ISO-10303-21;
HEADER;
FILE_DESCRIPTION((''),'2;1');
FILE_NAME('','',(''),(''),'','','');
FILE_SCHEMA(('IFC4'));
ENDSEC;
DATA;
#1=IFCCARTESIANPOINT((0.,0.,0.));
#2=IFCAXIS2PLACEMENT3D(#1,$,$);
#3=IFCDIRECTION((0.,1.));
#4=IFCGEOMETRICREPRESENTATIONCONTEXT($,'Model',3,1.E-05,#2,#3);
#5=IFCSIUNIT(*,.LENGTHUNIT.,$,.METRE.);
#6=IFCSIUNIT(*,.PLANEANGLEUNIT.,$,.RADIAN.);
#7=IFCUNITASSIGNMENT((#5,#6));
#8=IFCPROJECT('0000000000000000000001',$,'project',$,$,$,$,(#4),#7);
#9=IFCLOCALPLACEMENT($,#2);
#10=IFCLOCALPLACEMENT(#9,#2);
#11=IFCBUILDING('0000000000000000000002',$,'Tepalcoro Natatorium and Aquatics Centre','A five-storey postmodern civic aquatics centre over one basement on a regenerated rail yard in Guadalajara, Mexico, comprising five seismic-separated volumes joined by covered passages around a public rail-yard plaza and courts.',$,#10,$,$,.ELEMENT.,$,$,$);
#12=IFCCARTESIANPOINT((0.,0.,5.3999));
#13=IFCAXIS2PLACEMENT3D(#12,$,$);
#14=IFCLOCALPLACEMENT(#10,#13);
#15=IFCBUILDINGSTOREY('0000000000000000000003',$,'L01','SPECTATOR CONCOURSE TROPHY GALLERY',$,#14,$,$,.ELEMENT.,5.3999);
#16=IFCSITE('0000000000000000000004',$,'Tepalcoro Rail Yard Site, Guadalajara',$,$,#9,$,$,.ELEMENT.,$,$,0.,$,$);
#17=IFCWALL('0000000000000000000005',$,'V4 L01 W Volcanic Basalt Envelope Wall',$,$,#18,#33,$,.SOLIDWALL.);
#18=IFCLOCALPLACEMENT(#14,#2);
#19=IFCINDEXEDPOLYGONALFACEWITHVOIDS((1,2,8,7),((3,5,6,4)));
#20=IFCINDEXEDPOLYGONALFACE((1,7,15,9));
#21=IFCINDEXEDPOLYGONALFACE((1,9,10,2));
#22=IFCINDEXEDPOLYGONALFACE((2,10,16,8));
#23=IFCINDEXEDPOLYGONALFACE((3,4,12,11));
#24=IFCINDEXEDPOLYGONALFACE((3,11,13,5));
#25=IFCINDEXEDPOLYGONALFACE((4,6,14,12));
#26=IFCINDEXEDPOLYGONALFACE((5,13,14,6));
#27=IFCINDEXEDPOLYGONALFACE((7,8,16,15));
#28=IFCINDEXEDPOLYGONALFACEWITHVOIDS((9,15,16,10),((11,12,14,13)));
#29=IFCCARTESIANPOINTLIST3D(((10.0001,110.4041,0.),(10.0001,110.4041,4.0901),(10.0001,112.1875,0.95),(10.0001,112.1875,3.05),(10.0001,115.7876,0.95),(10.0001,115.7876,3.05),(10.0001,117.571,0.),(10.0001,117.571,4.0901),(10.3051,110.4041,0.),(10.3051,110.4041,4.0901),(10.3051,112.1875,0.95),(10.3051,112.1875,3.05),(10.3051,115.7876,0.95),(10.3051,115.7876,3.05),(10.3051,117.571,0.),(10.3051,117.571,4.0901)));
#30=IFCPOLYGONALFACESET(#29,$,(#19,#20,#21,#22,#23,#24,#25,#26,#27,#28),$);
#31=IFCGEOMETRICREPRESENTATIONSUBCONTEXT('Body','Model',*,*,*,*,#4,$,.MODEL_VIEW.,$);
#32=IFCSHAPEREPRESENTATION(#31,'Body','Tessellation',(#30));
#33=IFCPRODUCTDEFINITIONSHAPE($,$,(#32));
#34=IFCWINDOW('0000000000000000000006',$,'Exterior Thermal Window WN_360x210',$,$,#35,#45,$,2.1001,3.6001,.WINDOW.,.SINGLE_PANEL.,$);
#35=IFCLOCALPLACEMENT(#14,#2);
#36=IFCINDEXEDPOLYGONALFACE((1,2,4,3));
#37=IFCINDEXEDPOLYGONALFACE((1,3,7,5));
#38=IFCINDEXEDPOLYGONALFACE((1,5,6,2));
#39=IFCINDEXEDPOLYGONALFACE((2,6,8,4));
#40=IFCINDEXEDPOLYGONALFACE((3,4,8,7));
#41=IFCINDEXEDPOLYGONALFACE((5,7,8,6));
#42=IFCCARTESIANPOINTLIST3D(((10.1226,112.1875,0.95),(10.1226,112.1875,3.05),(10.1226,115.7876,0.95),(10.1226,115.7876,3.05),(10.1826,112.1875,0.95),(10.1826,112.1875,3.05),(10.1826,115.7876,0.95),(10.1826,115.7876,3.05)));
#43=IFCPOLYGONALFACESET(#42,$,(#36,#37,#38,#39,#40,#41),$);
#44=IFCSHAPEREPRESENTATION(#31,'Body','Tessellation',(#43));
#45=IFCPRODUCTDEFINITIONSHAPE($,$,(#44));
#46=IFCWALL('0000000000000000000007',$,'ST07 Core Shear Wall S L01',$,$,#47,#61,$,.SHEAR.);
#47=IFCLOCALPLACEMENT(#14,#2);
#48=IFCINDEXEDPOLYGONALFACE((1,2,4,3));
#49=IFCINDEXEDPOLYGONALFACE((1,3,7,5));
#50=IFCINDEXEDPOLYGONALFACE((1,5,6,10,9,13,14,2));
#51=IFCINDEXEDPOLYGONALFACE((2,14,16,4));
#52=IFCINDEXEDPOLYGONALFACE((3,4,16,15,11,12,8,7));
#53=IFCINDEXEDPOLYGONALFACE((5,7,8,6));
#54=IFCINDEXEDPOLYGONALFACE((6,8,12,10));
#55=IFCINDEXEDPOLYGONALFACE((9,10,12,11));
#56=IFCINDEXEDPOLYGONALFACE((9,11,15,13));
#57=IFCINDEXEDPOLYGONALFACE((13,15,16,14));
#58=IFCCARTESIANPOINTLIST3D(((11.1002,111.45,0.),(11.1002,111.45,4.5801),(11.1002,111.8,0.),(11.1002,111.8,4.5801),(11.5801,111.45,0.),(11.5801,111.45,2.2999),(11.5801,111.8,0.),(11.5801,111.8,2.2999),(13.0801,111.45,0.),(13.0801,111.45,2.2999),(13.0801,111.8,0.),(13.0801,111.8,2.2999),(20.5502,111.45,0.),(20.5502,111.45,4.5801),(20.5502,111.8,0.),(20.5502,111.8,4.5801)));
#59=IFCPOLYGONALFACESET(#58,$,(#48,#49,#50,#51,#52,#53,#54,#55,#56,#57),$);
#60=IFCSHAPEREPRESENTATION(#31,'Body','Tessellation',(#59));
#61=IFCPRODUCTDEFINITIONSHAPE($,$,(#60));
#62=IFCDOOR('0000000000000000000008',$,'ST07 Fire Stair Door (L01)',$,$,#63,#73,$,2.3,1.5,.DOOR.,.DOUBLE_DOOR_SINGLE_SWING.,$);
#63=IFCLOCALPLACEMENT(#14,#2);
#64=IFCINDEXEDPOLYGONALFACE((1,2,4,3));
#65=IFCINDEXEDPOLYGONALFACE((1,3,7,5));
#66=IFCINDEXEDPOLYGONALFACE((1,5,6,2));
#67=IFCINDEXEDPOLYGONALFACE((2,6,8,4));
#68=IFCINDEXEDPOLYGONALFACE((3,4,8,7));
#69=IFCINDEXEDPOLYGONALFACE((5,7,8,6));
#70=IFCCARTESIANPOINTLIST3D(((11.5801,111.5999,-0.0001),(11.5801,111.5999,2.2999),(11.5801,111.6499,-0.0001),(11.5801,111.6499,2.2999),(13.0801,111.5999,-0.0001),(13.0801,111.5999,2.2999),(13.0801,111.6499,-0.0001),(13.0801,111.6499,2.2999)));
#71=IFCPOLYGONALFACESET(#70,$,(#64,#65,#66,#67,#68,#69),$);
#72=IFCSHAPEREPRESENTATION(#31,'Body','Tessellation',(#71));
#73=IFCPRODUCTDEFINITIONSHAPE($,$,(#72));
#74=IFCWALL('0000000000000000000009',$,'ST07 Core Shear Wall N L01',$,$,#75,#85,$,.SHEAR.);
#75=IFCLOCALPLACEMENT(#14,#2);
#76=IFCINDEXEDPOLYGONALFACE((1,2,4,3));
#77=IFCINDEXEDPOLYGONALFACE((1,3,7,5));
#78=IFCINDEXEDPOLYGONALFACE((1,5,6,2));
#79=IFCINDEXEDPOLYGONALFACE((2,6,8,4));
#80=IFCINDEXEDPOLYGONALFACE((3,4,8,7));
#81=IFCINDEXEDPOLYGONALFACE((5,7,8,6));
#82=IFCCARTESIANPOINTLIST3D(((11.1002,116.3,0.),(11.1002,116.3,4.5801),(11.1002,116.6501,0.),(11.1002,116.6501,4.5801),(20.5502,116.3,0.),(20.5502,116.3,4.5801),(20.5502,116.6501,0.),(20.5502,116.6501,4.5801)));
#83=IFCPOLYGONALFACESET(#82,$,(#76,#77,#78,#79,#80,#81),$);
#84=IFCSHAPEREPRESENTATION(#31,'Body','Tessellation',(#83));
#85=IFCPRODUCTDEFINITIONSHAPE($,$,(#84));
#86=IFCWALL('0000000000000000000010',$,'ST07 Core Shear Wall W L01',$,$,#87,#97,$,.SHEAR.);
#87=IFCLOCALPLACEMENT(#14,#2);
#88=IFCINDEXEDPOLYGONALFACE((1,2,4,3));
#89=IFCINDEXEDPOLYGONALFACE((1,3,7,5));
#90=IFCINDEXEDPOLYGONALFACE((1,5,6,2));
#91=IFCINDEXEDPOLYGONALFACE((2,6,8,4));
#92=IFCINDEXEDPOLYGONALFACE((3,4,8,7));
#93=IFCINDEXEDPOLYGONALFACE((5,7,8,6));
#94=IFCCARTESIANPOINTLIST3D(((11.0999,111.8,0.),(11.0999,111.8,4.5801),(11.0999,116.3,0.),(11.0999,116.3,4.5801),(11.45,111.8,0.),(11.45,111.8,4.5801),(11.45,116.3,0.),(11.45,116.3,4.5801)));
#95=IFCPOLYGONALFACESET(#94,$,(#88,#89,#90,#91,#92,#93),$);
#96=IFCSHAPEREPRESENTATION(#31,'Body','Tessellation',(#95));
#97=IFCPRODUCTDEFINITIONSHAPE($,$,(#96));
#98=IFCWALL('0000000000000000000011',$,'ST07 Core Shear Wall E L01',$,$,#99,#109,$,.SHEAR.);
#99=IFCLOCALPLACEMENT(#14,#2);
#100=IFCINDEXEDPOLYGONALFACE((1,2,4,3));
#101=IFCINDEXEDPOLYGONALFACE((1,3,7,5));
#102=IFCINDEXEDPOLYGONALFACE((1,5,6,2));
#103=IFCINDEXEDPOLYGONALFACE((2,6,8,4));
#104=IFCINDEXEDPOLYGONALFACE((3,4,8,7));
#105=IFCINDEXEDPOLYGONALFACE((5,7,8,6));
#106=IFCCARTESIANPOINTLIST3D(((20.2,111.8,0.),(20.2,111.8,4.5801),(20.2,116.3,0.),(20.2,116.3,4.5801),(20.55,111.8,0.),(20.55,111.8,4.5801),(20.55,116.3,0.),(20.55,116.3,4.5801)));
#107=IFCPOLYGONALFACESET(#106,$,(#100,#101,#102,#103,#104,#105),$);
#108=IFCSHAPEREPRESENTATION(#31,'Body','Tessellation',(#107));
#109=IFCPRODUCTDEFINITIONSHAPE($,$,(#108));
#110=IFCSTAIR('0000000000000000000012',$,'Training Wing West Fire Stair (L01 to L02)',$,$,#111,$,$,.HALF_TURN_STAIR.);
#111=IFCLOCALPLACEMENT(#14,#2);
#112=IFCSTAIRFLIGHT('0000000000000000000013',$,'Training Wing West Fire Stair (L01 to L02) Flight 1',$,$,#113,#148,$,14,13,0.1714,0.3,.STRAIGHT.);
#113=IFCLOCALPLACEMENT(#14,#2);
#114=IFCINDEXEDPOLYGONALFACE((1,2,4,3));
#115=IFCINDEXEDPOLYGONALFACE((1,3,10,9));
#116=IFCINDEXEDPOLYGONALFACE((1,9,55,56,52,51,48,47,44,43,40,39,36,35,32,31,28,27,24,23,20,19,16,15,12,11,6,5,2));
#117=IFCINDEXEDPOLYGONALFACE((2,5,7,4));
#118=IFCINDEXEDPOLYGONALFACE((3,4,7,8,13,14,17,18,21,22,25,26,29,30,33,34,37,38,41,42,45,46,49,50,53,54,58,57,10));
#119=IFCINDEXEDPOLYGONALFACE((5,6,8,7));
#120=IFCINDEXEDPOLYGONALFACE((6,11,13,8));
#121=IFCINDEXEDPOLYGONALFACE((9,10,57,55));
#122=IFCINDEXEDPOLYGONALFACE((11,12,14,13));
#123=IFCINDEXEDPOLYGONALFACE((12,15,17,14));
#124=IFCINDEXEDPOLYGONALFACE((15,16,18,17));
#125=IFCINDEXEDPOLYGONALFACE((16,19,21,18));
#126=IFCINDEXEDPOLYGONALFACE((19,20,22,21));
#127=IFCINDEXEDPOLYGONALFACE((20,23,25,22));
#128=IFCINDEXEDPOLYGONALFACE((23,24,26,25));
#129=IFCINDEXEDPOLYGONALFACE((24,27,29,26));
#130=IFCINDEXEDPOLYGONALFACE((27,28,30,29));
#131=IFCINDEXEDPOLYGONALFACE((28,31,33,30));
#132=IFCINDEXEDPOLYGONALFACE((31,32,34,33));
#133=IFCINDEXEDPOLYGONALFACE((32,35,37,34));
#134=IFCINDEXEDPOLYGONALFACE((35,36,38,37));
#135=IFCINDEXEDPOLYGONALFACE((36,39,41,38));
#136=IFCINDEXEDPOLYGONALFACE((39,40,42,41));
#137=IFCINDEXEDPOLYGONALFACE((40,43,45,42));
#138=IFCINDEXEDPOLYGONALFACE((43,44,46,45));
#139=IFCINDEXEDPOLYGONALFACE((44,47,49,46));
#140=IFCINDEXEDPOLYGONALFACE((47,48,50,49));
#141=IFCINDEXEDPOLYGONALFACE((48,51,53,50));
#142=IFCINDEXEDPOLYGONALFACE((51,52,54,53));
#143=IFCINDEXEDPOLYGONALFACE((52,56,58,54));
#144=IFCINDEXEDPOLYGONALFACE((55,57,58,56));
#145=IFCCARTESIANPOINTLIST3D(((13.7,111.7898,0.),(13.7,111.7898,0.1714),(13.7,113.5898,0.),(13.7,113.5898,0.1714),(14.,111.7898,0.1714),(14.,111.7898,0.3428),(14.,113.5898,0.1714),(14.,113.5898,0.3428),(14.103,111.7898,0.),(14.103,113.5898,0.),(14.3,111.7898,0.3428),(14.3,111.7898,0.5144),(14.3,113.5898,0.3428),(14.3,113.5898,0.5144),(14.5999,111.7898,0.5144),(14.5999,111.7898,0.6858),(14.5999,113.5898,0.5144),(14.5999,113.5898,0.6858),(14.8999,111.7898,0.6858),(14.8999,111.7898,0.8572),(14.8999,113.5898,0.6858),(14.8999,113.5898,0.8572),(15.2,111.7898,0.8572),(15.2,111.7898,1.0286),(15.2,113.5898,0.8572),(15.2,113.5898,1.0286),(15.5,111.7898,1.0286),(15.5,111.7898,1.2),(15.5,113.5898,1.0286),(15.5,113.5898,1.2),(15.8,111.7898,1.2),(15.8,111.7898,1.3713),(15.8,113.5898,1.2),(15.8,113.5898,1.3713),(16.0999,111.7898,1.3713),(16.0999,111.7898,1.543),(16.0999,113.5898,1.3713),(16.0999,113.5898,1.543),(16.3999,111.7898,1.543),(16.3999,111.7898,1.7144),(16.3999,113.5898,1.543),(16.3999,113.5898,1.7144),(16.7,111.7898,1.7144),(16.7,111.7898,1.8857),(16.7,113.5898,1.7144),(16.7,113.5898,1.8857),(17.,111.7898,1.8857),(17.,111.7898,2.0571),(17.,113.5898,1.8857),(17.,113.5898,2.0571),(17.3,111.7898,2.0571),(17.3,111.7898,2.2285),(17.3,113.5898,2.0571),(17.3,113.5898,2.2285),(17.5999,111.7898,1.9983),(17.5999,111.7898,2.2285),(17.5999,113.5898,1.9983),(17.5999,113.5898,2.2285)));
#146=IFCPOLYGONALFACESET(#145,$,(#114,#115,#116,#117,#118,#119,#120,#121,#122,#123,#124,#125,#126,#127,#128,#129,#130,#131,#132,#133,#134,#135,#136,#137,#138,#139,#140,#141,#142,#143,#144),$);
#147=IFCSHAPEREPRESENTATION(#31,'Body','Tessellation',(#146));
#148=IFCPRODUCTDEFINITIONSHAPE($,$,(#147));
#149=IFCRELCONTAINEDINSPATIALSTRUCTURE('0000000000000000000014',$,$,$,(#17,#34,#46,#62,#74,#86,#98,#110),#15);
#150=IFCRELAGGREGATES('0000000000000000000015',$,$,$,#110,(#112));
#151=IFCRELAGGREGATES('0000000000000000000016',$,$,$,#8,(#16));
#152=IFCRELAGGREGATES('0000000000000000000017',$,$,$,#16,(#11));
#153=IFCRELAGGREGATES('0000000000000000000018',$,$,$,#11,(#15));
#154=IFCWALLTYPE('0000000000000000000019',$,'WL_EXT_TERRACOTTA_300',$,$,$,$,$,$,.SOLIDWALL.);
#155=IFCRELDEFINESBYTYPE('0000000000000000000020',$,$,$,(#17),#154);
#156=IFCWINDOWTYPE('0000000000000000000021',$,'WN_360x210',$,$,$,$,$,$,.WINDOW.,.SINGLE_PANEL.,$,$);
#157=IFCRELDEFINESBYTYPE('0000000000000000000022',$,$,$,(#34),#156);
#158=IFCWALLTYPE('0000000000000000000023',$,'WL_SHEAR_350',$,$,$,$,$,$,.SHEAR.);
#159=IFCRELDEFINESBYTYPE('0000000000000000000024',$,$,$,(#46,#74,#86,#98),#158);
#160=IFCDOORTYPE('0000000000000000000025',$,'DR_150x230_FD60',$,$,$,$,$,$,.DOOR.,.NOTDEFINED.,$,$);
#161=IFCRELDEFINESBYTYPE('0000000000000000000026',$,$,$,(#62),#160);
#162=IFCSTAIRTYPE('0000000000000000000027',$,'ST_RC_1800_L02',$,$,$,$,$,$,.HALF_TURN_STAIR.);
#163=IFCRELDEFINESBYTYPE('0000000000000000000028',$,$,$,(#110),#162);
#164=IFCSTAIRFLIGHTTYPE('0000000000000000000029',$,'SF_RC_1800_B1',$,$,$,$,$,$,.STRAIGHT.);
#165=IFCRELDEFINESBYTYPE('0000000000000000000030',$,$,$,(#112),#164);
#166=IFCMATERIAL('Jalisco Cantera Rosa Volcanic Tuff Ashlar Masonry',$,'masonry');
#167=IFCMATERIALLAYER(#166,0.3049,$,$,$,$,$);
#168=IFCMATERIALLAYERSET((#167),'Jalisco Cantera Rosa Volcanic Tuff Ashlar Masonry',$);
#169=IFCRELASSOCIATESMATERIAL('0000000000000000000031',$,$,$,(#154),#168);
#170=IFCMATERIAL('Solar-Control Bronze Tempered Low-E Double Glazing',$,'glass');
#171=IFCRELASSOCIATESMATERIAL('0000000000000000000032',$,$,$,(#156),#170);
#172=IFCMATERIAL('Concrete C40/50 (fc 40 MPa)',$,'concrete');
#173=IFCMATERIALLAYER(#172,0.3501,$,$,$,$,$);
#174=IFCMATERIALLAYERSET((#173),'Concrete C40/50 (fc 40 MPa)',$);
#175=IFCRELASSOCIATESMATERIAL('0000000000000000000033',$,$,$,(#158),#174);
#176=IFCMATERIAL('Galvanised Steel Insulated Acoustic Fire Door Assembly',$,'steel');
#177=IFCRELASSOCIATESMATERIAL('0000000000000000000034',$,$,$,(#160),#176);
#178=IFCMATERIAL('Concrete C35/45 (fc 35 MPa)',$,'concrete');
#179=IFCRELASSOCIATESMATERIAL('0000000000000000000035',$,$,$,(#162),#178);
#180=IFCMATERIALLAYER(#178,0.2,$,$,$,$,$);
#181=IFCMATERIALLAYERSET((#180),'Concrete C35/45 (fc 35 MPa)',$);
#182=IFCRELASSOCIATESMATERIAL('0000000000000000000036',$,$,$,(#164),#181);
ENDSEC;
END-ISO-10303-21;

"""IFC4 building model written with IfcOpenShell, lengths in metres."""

from ifc_helpers import new_model, si_unit, direction, frame, frame_2d, origin, place, context, subcontext, project, spatial, polyline, rectangle, outline, extrude, material, layer, layer_set, type_object, element, fill, aggregate, save


model = new_model("IFC4")

# Units and contexts
model_context = context("Model", 3, precision=1e-05, world=origin(), true_north=direction((0.0, 1.0)))
body_context = subcontext(model_context, "Body", "Model", "MODEL_VIEW")
ifc_project = project(units=[si_unit("LENGTHUNIT", "METRE"), si_unit("PLANEANGLEUNIT", "RADIAN")], contexts=[model_context])

# Site, building, storey
site_placement = place(None, origin())
site = spatial("IfcSite", under=ifc_project, at=site_placement, Name="Tepalcoro Rail Yard Site, Guadalajara", CompositionType="ELEMENT", RefElevation=0.0)
building_placement = place(site_placement, origin())
building = spatial("IfcBuilding", under=site, at=building_placement, Name="Tepalcoro Natatorium and Aquatics Centre", Description="A five-storey postmodern civic aquatics centre over one basement on a regenerated rail yard in Guadalajara, Mexico, comprising five seismic-separated volumes joined by covered passages around a public rail-yard plaza and courts.", CompositionType="ELEMENT")
storey_placement = place(building_placement, frame((0.0, 0.0, 5.3999)))
storey = spatial("IfcBuildingStorey", under=building, at=storey_placement, Name="L01", Description="SPECTATOR CONCOURSE TROPHY GALLERY", CompositionType="ELEMENT", Elevation=5.3999)

# Shared definitions
ifc_material_1 = material(Name="Concrete C40/50 (fc 40 MPa)", Category="concrete")

# Shared definitions
ifc_material_2 = material(Name="Jalisco Cantera Rosa Volcanic Tuff Ashlar Masonry", Category="masonry")

# Shared definitions
ifc_material_3 = material(Name="Solar-Control Bronze Tempered Low-E Double Glazing", Category="glass")

# Wall, opening, window
ifc_layer_1 = layer(ifc_material_2, 0.3049)
ifc_layer_set_1 = layer_set([ifc_layer_1], Name="Jalisco Cantera Rosa Volcanic Tuff Ashlar Masonry")
wall_type_1 = type_object("IfcWallType", Name="WL_EXT_TERRACOTTA_300", PredefinedType="SOLIDWALL", material=ifc_layer_set_1)
wall_1_placement = place(storey_placement, frame((10.1526, 110.4041, 0.0), z_axis=(0.0, 0.0, 1.0), x_axis=(0.0, 1.0, 0.0)))
wall_1 = element("IfcWall", 1, at=wall_1_placement, inside=storey, type_object=wall_type_1, Name="V4 L01 W Volcanic Basalt Envelope Wall", PredefinedType="SOLIDWALL", context=body_context, shape_type="SweptSolid", body=[
    extrude(rectangle(XDim=7.167, YDim=0.3049, at=frame_2d((3.5835, 0.0))), origin(), (0.0, 0.0, 1.0), 4.0901),
])
opening_1_placement = place(wall_1_placement, frame((1.7834, 0.0, 0.95)))
opening_1 = element("IfcOpeningElement", 2, at=opening_1_placement, cuts=wall_1, PredefinedType="OPENING", context=body_context, shape_type="SweptSolid", body=[
    extrude(rectangle(XDim=3.6001, YDim=2.1001, at=frame_2d((1.8, 1.05))), frame((0.0, 0.1646, 0.0), z_axis=(0.0, -1.0, 0.0), x_axis=(1.0, 0.0, 0.0)), (0.0, 0.0, 1.0), 0.3289),
])
window_type_1 = type_object("IfcWindowType", Name="WN_360x210", PartitioningType="SINGLE_PANEL", PredefinedType="WINDOW", material=ifc_material_3)
window_1_placement = place(opening_1_placement, origin())
window_1 = element("IfcWindow", 3, at=window_1_placement, inside=storey, type_object=window_type_1, Name="Exterior Thermal Window WN_360x210", OverallHeight=2.1001, OverallWidth=3.6001, PartitioningType="SINGLE_PANEL", PredefinedType="WINDOW", context=body_context, shape_type="SweptSolid", body=[
    extrude(rectangle(XDim=3.6001, YDim=2.1001, at=frame_2d((1.8, 1.05))), frame((0.0, 0.03, 0.0), z_axis=(0.0, -1.0, 0.0), x_axis=(1.0, 0.0, 0.0)), (0.0, 0.0, 1.0), 0.0601),
])
fill(opening_1, window_1)

# Wall, opening, door
ifc_layer_2 = layer(ifc_material_1, 0.3501)
ifc_layer_set_2 = layer_set([ifc_layer_2], Name="Concrete C40/50 (fc 40 MPa)")
wall_type_2 = type_object("IfcWallType", Name="WL_SHEAR_350", PredefinedType="SHEAR", material=ifc_layer_set_2)
wall_2_placement = place(storey_placement, frame((11.1001, 111.625, 0.0), z_axis=(0.0, 0.0, 1.0), x_axis=(1.0, 0.0, 0.0)))
wall_2 = element("IfcWall", 4, at=wall_2_placement, inside=storey, type_object=wall_type_2, Name="ST07 Core Shear Wall S L01", PredefinedType="SHEAR", context=body_context, shape_type="SweptSolid", body=[
    extrude(rectangle(XDim=9.45, YDim=0.3501, at=frame_2d((4.7251, 0.0))), origin(), (0.0, 0.0, 1.0), 4.5801),
])
opening_2_placement = place(wall_2_placement, frame((0.48, 0.0, 0.0)))
opening_2 = element("IfcOpeningElement", 5, at=opening_2_placement, cuts=wall_2, PredefinedType="OPENING", context=body_context, shape_type="SweptSolid", body=[
    extrude(rectangle(XDim=1.5, YDim=2.3, at=frame_2d((0.75, 1.1499))), frame((0.0, 0.187, 0.0), z_axis=(0.0, -1.0, 0.0), x_axis=(1.0, 0.0, 0.0)), (0.0, 0.0, 1.0), 0.374),
])
ifc_material_4 = material(Name="Galvanised Steel Insulated Acoustic Fire Door Assembly", Category="steel")
door_type = type_object("IfcDoorType", Name="DR_150x230_FD60", OperationType="NOTDEFINED", PredefinedType="DOOR", material=ifc_material_4)
door_placement = place(opening_2_placement, origin())
door = element("IfcDoor", 6, at=door_placement, inside=storey, type_object=door_type, Name="ST07 Fire Stair Door (L01)", OperationType="DOUBLE_DOOR_SINGLE_SWING", OverallHeight=2.3, OverallWidth=1.5, PredefinedType="DOOR", context=body_context, shape_type="SweptSolid", body=[
    extrude(rectangle(XDim=1.5, YDim=2.3, at=frame_2d((0.75, 1.1499))), frame((0.0, 0.0249, 0.0), z_axis=(0.0, -1.0, 0.0), x_axis=(1.0, 0.0, 0.0)), (0.0, 0.0, 1.0), 0.05),
])
fill(opening_2, door)

# Walls
wall_3_placement = place(storey_placement, frame((11.1001, 116.4751, 0.0), z_axis=(0.0, 0.0, 1.0), x_axis=(1.0, 0.0, 0.0)))
element("IfcWall", 7, at=wall_3_placement, inside=storey, type_object=wall_type_2, Name="ST07 Core Shear Wall N L01", PredefinedType="SHEAR", context=body_context, shape_type="SweptSolid", body=[
    extrude(rectangle(XDim=9.45, YDim=0.3501, at=frame_2d((4.7251, 0.0))), origin(), (0.0, 0.0, 1.0), 4.5801),
])
for number, where, z_axis, x_axis, name in (
    (8, (11.2749, 111.8, 0.0), (0.0, 0.0, 1.0), (0.0, 1.0, 0.0), "ST07 Core Shear Wall W L01"),
    (9, (20.375, 111.8, 0.0), (0.0, 0.0, 1.0), (0.0, 1.0, 0.0), "ST07 Core Shear Wall E L01"),
):
    element("IfcWall", number, at=place(storey_placement, frame(where, z_axis=z_axis, x_axis=x_axis)), inside=storey, type_object=wall_type_2, Name=name, PredefinedType="SHEAR", context=body_context, shape_type="SweptSolid", body=[
        extrude(rectangle(XDim=4.5, YDim=0.3501, at=frame_2d((2.25, 0.0))), origin(), (0.0, 0.0, 1.0), 4.5801),
    ])

# Stair, stair flight
ifc_material_5 = material(Name="Concrete C35/45 (fc 35 MPa)", Category="concrete")
stair_type = type_object("IfcStairType", Name="ST_RC_1800_L02", PredefinedType="HALF_TURN_STAIR", material=ifc_material_5)
stair_placement = place(storey_placement, origin())
stair = element("IfcStair", 10, at=stair_placement, inside=storey, type_object=stair_type, Name="Training Wing West Fire Stair (L01 to L02)", PredefinedType="HALF_TURN_STAIR")
ifc_layer_3 = layer(ifc_material_5, 0.2)
ifc_layer_set_3 = layer_set([ifc_layer_3], Name="Concrete C35/45 (fc 35 MPa)")
stair_flight_type = type_object("IfcStairFlightType", Name="SF_RC_1800_B1", PredefinedType="STRAIGHT", material=ifc_layer_set_3)
stair_flight_1_placement = place(storey_placement, frame((13.7, 112.6899, 0.0), z_axis=(0.0, 0.0, 1.0), x_axis=(1.0, 0.0, 0.0)))
stair_flight_1 = element("IfcStairFlight", 11, at=stair_flight_1_placement, type_object=stair_flight_type, Name="Training Wing West Fire Stair (L01 to L02) Flight 1", NumberOfRisers=14, NumberOfTreads=13, PredefinedType="STRAIGHT", RiserHeight=0.1714, TreadLength=0.3, context=body_context, shape_type="SweptSolid", body=[
    extrude(outline(polyline([(0.0, 0.0), (0.0, 0.1714), (0.3, 0.1714), (0.3, 0.3428), (0.6001, 0.3428), (0.6001, 0.5144), (0.8999, 0.5144), (0.8999, 0.6858), (1.2, 0.6858), (1.2, 0.8572), (1.5, 0.8572), (1.5, 1.0286), (1.8, 1.0286), (1.8, 1.2), (2.1001, 1.2), (2.1001, 1.3713), (2.3999, 1.3713), (2.3999, 1.543), (2.7, 1.543), (2.7, 1.7144), (3.0, 1.7144), (3.0, 1.8857), (3.3, 1.8857), (3.3, 2.0571), (3.6001, 2.0571), (3.6001, 2.2285), (3.8999, 2.2285), (3.8999, 2.3999), (3.8999, 1.9983), (0.4031, 0.0), (0.0, 0.0)])), frame((0.0, 0.8999, 0.0), z_axis=(0.0, -1.0, 0.0), x_axis=(1.0, 0.0, 0.0)), (0.0, 0.0, 1.0), 1.8),
])
aggregate(stair, [stair_flight_1])

save(model, "model.ifc")
